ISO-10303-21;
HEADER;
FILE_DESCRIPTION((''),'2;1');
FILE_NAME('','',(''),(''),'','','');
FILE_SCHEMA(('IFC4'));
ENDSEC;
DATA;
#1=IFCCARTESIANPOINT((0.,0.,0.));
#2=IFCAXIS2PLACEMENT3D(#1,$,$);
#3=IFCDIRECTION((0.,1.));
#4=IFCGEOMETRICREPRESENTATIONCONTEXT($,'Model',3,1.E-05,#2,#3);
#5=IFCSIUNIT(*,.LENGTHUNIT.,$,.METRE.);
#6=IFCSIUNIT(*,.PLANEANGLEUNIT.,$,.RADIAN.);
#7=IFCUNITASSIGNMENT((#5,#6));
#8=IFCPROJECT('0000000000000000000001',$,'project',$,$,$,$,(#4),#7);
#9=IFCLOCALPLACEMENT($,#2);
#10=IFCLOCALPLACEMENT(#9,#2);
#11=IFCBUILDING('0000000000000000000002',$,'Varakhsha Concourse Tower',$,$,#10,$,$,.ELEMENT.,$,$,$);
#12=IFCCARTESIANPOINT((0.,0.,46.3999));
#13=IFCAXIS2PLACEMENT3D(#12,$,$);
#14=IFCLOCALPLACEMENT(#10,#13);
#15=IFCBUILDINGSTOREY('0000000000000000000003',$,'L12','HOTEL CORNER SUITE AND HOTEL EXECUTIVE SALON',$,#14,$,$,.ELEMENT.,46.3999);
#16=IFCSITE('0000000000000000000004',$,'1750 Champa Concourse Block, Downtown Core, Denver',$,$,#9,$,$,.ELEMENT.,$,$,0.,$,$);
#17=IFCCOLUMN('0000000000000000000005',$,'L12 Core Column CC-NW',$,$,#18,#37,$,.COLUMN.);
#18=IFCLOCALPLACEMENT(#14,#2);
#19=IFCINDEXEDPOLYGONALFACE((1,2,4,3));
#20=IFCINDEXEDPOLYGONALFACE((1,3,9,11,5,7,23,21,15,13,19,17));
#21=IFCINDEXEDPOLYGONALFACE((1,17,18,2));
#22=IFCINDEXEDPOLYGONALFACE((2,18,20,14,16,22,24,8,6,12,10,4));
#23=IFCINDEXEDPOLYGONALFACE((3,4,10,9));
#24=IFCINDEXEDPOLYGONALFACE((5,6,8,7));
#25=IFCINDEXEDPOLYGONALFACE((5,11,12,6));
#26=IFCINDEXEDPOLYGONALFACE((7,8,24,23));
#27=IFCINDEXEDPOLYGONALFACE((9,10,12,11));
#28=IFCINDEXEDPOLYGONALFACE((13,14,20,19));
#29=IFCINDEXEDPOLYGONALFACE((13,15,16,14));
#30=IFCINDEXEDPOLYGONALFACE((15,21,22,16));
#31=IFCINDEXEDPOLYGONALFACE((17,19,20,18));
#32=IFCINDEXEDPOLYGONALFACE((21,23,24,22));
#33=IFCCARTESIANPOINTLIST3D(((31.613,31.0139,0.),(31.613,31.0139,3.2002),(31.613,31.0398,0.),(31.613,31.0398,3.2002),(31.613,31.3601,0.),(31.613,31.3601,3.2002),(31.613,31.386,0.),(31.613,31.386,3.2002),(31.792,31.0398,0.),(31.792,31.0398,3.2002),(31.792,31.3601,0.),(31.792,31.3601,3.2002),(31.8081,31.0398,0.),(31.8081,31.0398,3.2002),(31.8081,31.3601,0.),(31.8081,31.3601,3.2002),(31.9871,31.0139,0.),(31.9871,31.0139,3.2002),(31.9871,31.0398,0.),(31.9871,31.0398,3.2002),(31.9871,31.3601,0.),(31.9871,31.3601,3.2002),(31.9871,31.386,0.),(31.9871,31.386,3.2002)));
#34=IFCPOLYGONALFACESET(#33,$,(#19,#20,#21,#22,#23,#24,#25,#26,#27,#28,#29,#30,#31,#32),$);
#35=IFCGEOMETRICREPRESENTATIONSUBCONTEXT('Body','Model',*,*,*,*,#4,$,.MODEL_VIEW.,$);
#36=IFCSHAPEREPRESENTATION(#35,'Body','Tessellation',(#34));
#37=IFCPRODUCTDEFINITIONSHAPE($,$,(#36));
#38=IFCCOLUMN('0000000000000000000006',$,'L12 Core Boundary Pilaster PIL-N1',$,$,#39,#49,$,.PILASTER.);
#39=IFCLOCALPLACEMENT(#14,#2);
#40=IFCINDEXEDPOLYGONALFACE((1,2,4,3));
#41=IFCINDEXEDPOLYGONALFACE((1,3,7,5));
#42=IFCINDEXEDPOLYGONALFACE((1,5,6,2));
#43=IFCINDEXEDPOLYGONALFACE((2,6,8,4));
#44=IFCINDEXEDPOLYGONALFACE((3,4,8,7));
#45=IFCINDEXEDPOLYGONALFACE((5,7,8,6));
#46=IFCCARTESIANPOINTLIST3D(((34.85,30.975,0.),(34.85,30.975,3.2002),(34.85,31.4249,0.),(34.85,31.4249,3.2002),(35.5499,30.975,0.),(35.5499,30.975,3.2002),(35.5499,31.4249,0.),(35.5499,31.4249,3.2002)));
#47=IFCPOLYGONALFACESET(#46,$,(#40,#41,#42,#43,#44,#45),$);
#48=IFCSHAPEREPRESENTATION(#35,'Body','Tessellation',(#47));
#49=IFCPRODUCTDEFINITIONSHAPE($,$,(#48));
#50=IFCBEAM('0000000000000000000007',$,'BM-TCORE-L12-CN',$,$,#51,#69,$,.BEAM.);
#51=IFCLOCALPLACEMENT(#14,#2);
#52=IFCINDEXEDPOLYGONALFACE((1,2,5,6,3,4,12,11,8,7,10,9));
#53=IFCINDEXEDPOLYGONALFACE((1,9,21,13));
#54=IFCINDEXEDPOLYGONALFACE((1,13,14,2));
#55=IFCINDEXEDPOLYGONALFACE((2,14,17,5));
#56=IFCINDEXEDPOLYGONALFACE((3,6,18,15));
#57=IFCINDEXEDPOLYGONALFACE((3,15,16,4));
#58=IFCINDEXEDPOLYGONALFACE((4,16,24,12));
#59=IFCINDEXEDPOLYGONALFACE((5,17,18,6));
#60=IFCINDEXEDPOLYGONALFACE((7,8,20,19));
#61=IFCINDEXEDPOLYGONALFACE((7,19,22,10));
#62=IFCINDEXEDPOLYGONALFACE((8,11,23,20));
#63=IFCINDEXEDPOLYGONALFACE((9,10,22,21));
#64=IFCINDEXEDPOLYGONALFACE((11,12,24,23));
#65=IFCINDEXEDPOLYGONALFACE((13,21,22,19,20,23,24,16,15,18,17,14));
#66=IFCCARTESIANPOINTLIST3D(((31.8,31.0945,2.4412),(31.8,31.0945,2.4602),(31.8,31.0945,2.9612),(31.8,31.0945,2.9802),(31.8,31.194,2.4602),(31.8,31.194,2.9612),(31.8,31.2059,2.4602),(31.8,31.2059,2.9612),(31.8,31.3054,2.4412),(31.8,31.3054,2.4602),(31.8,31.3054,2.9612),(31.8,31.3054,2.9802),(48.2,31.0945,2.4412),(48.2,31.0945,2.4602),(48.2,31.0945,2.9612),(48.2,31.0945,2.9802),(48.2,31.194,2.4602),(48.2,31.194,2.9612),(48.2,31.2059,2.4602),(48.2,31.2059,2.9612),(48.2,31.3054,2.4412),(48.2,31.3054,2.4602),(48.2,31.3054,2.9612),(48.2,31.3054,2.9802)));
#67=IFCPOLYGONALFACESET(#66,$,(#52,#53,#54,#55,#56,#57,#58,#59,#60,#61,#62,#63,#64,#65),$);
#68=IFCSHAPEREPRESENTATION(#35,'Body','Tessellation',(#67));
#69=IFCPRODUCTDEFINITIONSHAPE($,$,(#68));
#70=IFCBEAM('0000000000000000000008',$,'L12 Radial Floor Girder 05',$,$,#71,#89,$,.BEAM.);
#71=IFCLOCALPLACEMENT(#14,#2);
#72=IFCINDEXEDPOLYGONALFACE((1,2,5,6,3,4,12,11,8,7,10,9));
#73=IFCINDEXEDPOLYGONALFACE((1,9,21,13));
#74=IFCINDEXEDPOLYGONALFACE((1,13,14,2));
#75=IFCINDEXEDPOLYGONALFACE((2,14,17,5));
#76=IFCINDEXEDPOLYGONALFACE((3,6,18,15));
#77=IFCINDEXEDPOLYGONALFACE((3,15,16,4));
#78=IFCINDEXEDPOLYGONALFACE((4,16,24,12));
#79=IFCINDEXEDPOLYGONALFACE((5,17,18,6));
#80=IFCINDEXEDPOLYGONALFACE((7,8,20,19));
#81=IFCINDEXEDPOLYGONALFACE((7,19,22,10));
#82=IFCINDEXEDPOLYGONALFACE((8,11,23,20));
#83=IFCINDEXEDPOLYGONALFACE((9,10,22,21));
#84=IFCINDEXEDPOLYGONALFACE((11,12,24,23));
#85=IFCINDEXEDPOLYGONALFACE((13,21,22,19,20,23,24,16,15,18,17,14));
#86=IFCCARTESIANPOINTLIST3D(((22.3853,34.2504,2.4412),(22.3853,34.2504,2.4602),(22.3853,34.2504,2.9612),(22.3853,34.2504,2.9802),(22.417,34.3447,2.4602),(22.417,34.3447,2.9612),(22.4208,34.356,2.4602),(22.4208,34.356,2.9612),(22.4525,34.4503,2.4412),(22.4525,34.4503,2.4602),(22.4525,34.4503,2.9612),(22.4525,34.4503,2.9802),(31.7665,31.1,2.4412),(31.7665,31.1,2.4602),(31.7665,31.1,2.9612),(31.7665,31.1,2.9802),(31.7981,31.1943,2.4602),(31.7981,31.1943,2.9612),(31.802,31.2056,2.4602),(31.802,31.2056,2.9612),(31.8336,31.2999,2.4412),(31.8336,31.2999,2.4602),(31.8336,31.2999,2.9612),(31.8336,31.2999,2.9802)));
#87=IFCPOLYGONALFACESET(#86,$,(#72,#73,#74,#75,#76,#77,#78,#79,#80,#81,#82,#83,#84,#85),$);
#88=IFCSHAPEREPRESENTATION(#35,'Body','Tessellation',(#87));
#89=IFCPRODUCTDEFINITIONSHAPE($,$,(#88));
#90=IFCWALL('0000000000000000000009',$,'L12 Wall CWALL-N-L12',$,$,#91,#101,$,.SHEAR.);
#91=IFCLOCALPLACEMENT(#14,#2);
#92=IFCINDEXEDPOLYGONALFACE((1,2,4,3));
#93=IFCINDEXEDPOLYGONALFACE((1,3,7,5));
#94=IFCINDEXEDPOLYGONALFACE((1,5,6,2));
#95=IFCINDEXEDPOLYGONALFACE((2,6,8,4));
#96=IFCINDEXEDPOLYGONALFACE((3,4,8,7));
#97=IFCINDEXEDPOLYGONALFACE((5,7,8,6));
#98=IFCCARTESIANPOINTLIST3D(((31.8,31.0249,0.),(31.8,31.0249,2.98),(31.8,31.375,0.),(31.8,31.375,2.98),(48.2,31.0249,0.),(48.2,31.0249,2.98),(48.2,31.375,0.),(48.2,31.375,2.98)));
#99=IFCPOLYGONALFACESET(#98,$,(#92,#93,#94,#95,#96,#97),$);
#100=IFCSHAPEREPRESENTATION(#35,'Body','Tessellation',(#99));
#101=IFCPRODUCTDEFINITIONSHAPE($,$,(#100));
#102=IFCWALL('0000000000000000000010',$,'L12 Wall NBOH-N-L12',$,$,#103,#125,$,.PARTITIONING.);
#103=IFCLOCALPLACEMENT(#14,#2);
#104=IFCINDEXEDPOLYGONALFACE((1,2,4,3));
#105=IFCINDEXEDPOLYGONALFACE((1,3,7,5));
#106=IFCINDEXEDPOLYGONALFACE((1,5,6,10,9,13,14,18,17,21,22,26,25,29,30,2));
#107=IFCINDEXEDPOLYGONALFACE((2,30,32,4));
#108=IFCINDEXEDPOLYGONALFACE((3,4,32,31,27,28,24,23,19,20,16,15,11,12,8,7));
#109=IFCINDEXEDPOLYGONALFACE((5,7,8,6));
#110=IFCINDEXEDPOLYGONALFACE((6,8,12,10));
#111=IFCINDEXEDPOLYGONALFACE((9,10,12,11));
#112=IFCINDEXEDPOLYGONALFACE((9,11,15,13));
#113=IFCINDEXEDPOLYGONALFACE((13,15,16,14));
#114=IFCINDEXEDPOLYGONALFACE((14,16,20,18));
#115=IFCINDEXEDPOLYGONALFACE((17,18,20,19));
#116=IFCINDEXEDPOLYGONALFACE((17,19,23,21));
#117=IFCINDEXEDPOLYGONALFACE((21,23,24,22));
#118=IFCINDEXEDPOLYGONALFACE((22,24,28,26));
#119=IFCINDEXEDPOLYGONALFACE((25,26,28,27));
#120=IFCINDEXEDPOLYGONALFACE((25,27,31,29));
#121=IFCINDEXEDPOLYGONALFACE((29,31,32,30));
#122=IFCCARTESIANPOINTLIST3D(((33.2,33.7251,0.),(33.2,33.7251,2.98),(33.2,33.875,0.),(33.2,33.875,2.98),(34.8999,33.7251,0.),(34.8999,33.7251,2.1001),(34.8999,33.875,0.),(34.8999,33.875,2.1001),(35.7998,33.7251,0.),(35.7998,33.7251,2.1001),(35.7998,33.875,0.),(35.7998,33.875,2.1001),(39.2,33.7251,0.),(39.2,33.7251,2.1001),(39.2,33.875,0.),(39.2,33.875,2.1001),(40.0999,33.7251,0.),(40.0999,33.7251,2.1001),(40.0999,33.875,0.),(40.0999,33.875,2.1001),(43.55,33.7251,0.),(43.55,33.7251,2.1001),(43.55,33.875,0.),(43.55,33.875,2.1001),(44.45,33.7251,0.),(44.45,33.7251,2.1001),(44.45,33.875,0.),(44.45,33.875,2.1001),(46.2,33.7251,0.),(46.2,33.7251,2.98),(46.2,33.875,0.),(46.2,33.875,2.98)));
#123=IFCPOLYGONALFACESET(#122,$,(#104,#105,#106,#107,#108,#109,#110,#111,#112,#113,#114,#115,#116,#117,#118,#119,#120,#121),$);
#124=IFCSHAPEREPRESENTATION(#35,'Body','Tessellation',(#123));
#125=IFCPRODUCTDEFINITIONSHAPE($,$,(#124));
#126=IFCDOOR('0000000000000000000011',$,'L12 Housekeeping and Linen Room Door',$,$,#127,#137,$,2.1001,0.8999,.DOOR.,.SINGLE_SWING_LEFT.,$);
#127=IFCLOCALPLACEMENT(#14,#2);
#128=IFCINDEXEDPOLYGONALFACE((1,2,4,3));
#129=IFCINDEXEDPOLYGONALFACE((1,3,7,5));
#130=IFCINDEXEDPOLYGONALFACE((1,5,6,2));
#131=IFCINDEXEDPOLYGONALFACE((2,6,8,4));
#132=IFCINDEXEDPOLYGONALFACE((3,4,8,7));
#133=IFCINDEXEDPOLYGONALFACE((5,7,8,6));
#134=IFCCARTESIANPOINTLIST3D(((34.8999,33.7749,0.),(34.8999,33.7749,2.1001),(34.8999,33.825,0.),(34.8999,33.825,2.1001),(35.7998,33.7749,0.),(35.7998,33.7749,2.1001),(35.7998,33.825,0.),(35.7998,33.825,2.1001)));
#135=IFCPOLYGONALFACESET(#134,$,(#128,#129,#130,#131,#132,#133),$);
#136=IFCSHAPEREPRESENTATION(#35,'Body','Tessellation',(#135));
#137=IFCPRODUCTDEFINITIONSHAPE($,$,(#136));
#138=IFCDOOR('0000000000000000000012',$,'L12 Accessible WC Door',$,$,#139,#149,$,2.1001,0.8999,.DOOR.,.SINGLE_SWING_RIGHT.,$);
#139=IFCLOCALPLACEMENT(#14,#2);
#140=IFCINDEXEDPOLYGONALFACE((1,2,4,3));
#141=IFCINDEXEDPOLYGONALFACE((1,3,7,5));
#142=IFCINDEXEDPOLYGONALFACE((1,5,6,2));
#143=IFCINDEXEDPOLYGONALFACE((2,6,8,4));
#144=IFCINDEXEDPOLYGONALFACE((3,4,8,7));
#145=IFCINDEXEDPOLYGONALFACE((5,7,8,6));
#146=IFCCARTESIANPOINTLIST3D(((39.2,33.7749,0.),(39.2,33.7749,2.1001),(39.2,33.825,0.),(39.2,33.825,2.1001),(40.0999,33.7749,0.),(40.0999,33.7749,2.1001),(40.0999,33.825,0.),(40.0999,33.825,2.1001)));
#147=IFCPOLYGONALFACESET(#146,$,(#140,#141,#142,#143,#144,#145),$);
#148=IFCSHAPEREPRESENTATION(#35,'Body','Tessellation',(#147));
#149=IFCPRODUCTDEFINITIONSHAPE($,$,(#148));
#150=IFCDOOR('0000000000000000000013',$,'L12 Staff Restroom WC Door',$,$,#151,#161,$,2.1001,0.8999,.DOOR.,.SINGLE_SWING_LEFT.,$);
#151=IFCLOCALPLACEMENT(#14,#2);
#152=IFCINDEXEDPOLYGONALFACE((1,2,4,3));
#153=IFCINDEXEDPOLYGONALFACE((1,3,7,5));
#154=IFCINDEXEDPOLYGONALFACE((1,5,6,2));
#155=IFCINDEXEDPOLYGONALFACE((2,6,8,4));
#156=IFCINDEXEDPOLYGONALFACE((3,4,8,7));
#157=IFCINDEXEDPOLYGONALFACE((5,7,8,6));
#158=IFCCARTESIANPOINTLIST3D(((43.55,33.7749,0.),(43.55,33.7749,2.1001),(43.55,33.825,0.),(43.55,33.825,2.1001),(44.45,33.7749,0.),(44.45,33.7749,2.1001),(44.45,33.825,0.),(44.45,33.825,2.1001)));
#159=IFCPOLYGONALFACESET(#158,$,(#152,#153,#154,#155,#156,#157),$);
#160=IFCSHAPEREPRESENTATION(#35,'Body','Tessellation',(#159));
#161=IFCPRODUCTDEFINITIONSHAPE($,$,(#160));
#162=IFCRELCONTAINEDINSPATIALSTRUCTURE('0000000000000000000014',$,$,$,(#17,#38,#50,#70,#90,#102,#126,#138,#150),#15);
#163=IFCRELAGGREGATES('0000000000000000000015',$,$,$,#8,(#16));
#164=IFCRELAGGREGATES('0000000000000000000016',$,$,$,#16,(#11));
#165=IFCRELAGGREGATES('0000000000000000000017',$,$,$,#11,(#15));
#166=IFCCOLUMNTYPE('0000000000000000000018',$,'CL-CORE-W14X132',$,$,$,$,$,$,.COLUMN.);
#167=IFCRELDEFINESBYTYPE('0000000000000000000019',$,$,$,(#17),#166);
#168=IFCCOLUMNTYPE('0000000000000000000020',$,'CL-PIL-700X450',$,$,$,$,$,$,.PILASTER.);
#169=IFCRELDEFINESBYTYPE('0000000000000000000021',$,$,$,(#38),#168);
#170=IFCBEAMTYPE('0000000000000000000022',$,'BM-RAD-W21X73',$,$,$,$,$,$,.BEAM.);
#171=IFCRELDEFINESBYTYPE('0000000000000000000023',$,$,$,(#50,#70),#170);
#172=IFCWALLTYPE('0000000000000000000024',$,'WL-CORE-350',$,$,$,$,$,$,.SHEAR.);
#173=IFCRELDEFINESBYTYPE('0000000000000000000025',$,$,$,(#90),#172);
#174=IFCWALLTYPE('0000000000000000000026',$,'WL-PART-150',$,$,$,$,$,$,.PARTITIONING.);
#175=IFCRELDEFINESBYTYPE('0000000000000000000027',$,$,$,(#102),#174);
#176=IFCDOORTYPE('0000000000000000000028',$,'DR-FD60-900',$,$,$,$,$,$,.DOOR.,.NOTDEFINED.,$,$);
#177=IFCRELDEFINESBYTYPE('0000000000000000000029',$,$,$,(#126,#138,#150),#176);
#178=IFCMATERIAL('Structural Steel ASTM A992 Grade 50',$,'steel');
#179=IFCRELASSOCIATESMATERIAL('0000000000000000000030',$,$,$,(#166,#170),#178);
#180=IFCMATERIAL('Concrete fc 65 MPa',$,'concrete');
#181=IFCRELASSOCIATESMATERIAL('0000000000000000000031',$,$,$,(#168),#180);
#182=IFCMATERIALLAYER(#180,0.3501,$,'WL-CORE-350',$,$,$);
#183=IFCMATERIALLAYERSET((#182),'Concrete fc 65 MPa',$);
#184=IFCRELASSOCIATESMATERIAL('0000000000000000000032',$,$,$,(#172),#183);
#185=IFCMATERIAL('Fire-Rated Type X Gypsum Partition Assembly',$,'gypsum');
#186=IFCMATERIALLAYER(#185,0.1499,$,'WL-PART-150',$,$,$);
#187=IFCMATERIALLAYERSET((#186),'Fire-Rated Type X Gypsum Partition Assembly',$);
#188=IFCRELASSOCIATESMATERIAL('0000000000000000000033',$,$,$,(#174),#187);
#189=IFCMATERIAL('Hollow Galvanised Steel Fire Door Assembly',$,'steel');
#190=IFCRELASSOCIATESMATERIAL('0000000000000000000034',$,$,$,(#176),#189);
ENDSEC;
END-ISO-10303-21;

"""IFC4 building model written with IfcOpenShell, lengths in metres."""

from ifc_helpers import new_model, si_unit, direction, frame, frame_2d, origin, origin_2d, place, context, subcontext, project, spatial, rectangle, i_section, extrude, material, layer, layer_set, material_profile, profile_set, type_object, element, fill, save


model = new_model("IFC4")

# Units and contexts
model_context = context("Model", 3, precision=1e-05, world=origin(), true_north=direction((0.0, 1.0)))
body_context = subcontext(model_context, "Body", "Model", "MODEL_VIEW")
ifc_project = project(units=[si_unit("LENGTHUNIT", "METRE"), si_unit("PLANEANGLEUNIT", "RADIAN")], contexts=[model_context])

# Site, building, storey
site_placement = place(None, origin())
site = spatial("IfcSite", under=ifc_project, at=site_placement, Name="1750 Champa Concourse Block, Downtown Core, Denver", CompositionType="ELEMENT", RefElevation=0.0)
building_placement = place(site_placement, origin())
building = spatial("IfcBuilding", under=site, at=building_placement, Name="Varakhsha Concourse Tower", CompositionType="ELEMENT")
storey_placement = place(building_placement, frame((0.0, 0.0, 46.3999)))
storey = spatial("IfcBuildingStorey", under=building, at=storey_placement, Name="L12", Description="HOTEL CORNER SUITE AND HOTEL EXECUTIVE SALON", CompositionType="ELEMENT", Elevation=46.3999)

# Columns
ifc_material_1 = material(Name="Structural Steel ASTM A992 Grade 50", Category="steel")
ifc_material_profile_1 = material_profile(ifc_material_1, i_section(OverallWidth=0.374, OverallDepth=0.3721, WebThickness=0.0161, FlangeThickness=0.0259, at=origin_2d()), Name="W14X132")
ifc_profile_set_1 = profile_set([ifc_material_profile_1], Name="Structural Steel ASTM A992 Grade 50")
column_type_1 = type_object("IfcColumnType", Name="CL-CORE-W14X132", PredefinedType="COLUMN", material=ifc_profile_set_1)
column_1_placement = place(storey_placement, frame((31.8, 31.2, 0.0), z_axis=(0.0, 0.0, 1.0), x_axis=(1.0, 0.0, 0.0)))
element("IfcColumn", 1, at=column_1_placement, inside=storey, type_object=column_type_1, Name="L12 Core Column CC-NW", PredefinedType="COLUMN", context=body_context, shape_type="SweptSolid", body=[
    extrude(i_section(OverallWidth=0.374, OverallDepth=0.3721, WebThickness=0.0161, FlangeThickness=0.0259, at=origin_2d()), origin(), (0.0, 0.0, 1.0), 3.2002),
])
ifc_material_2 = material(Name="Concrete fc 65 MPa", Category="concrete")
ifc_material_profile_2 = material_profile(ifc_material_2, rectangle(XDim=0.7, YDim=0.45, at=origin_2d()), Name="RC 700x450")
ifc_profile_set_2 = profile_set([ifc_material_profile_2], Name="Concrete fc 65 MPa")
column_type_2 = type_object("IfcColumnType", Name="CL-PIL-700X450", PredefinedType="PILASTER", material=ifc_profile_set_2)
column_2_placement = place(storey_placement, frame((35.2, 31.2, 0.0), z_axis=(0.0, 0.0, 1.0), x_axis=(1.0, 0.0, 0.0)))
element("IfcColumn", 2, at=column_2_placement, inside=storey, type_object=column_type_2, Name="L12 Core Boundary Pilaster PIL-N1", PredefinedType="PILASTER", context=body_context, shape_type="SweptSolid", body=[
    extrude(rectangle(XDim=0.7, YDim=0.45, at=origin_2d()), origin(), (0.0, 0.0, 1.0), 3.2002),
])

# Beams
ifc_material_profile_3 = material_profile(ifc_material_1, i_section(OverallWidth=0.2109, OverallDepth=0.5391, WebThickness=0.012, FlangeThickness=0.019, at=origin_2d()), Name="W21X73")
ifc_profile_set_3 = profile_set([ifc_material_profile_3], Name="Structural Steel ASTM A992 Grade 50")
beam_type = type_object("IfcBeamType", Name="BM-RAD-W21X73", PredefinedType="BEAM", material=ifc_profile_set_3)
beam_1_placement = place(storey_placement, frame((31.8, 31.2, 2.7107), z_axis=(1.0, 0.0, 0.0), x_axis=(0.0, 1.0, 0.0)))
element("IfcBeam", 3, at=beam_1_placement, inside=storey, type_object=beam_type, Name="BM-TCORE-L12-CN", PredefinedType="BEAM", context=body_context, shape_type="SweptSolid", body=[
    extrude(i_section(OverallWidth=0.2109, OverallDepth=0.5391, WebThickness=0.012, FlangeThickness=0.019, at=origin_2d()), origin(), (0.0, 0.0, 1.0), 16.3999),
])
beam_2_placement = place(storey_placement, frame((31.8, 31.2, 2.7107), z_axis=(-0.947973, 0.318351, 0.0), x_axis=(-0.318351, -0.947973, 0.0)))
element("IfcBeam", 4, at=beam_2_placement, inside=storey, type_object=beam_type, Name="L12 Radial Floor Girder 05", PredefinedType="BEAM", context=body_context, shape_type="SweptSolid", body=[
    extrude(i_section(OverallWidth=0.2109, OverallDepth=0.5391, WebThickness=0.012, FlangeThickness=0.019, at=origin_2d()), origin(), (0.0, 0.0, 1.0), 9.896),
])

# Wall
ifc_layer_1 = layer(ifc_material_2, 0.3501, Name="WL-CORE-350")
ifc_layer_set_1 = layer_set([ifc_layer_1], Name="Concrete fc 65 MPa")
wall_type_1 = type_object("IfcWallType", Name="WL-CORE-350", PredefinedType="SHEAR", material=ifc_layer_set_1)
wall_1_placement = place(storey_placement, frame((31.8, 31.2, 0.0), z_axis=(0.0, 0.0, 1.0), x_axis=(1.0, 0.0, 0.0)))
element("IfcWall", 5, at=wall_1_placement, inside=storey, type_object=wall_type_1, Name="L12 Wall CWALL-N-L12", PredefinedType="SHEAR", context=body_context, shape_type="SweptSolid", body=[
    extrude(rectangle(XDim=16.3999, YDim=0.3501, at=frame_2d((8.2, 0.0))), origin(), (0.0, 0.0, 1.0), 2.98),
])

# Wall, openings, doors
ifc_material_3 = material(Name="Fire-Rated Type X Gypsum Partition Assembly", Category="gypsum")
ifc_layer_2 = layer(ifc_material_3, 0.1499, Name="WL-PART-150")
ifc_layer_set_2 = layer_set([ifc_layer_2], Name="Fire-Rated Type X Gypsum Partition Assembly")
wall_type_2 = type_object("IfcWallType", Name="WL-PART-150", PredefinedType="PARTITIONING", material=ifc_layer_set_2)
wall_2_placement = place(storey_placement, frame((33.2, 33.8, 0.0), z_axis=(0.0, 0.0, 1.0), x_axis=(1.0, 0.0, 0.0)))
wall_2 = element("IfcWall", 6, at=wall_2_placement, inside=storey, type_object=wall_type_2, Name="L12 Wall NBOH-N-L12", PredefinedType="PARTITIONING", context=body_context, shape_type="SweptSolid", body=[
    extrude(rectangle(XDim=13.0, YDim=0.1499, at=frame_2d((6.5, 0.0))), origin(), (0.0, 0.0, 1.0), 2.98),
])
opening_1_placement = place(wall_2_placement, frame((1.7, 0.0, 0.0)))
opening_1 = element("IfcOpeningElement", 7, at=opening_1_placement, cuts=wall_2, PredefinedType="OPENING", context=body_context, shape_type="SweptSolid", body=[
    extrude(rectangle(XDim=0.8999, YDim=2.1001, at=frame_2d((0.45, 1.05))), frame((0.0, 0.085, 0.0), z_axis=(0.0, -1.0, 0.0), x_axis=(1.0, 0.0, 0.0)), (0.0, 0.0, 1.0), 0.1699),
])
opening_2_placement = place(wall_2_placement, frame((6.0, 0.0, 0.0)))
opening_2 = element("IfcOpeningElement", 8, at=opening_2_placement, cuts=wall_2, PredefinedType="OPENING", context=body_context, shape_type="SweptSolid", body=[
    extrude(rectangle(XDim=0.8999, YDim=2.1001, at=frame_2d((0.45, 1.05))), frame((0.0, 0.085, 0.0), z_axis=(0.0, -1.0, 0.0), x_axis=(1.0, 0.0, 0.0)), (0.0, 0.0, 1.0), 0.1699),
])
opening_3_placement = place(wall_2_placement, frame((10.3501, 0.0, 0.0)))
opening_3 = element("IfcOpeningElement", 9, at=opening_3_placement, cuts=wall_2, PredefinedType="OPENING", context=body_context, shape_type="SweptSolid", body=[
    extrude(rectangle(XDim=0.8999, YDim=2.1001, at=frame_2d((0.45, 1.05))), frame((0.0, 0.085, 0.0), z_axis=(0.0, -1.0, 0.0), x_axis=(1.0, 0.0, 0.0)), (0.0, 0.0, 1.0), 0.1699),
])
ifc_material_4 = material(Name="Hollow Galvanised Steel Fire Door Assembly", Category="steel")
door_type = type_object("IfcDoorType", Name="DR-FD60-900", OperationType="NOTDEFINED", PredefinedType="DOOR", material=ifc_material_4)
door_1_placement = place(opening_1_placement, origin())
door_1 = element("IfcDoor", 10, at=door_1_placement, inside=storey, type_object=door_type, Name="L12 Housekeeping and Linen Room Door", OperationType="SINGLE_SWING_LEFT", OverallHeight=2.1001, OverallWidth=0.8999, PredefinedType="DOOR", context=body_context, shape_type="SweptSolid", body=[
    extrude(rectangle(XDim=0.8999, YDim=2.1001, at=frame_2d((0.45, 1.05))), frame((0.0, 0.0249, 0.0), z_axis=(0.0, -1.0, 0.0), x_axis=(1.0, 0.0, 0.0)), (0.0, 0.0, 1.0), 0.05),
])
fill(opening_1, door_1)
door_2_placement = place(opening_2_placement, origin())
door_2 = element("IfcDoor", 11, at=door_2_placement, inside=storey, type_object=door_type, Name="L12 Accessible WC Door", OperationType="SINGLE_SWING_RIGHT", OverallHeight=2.1001, OverallWidth=0.8999, PredefinedType="DOOR", context=body_context, shape_type="SweptSolid", body=[
    extrude(rectangle(XDim=0.8999, YDim=2.1001, at=frame_2d((0.45, 1.05))), frame((0.0, 0.0249, 0.0), z_axis=(0.0, -1.0, 0.0), x_axis=(1.0, 0.0, 0.0)), (0.0, 0.0, 1.0), 0.05),
])
fill(opening_2, door_2)
door_3_placement = place(opening_3_placement, origin())
door_3 = element("IfcDoor", 12, at=door_3_placement, inside=storey, type_object=door_type, Name="L12 Staff Restroom WC Door", OperationType="SINGLE_SWING_LEFT", OverallHeight=2.1001, OverallWidth=0.8999, PredefinedType="DOOR", context=body_context, shape_type="SweptSolid", body=[
    extrude(rectangle(XDim=0.8999, YDim=2.1001, at=frame_2d((0.45, 1.05))), frame((0.0, 0.0249, 0.0), z_axis=(0.0, -1.0, 0.0), x_axis=(1.0, 0.0, 0.0)), (0.0, 0.0, 1.0), 0.05),
])
fill(opening_3, door_3)

save(model, "model.ifc")
